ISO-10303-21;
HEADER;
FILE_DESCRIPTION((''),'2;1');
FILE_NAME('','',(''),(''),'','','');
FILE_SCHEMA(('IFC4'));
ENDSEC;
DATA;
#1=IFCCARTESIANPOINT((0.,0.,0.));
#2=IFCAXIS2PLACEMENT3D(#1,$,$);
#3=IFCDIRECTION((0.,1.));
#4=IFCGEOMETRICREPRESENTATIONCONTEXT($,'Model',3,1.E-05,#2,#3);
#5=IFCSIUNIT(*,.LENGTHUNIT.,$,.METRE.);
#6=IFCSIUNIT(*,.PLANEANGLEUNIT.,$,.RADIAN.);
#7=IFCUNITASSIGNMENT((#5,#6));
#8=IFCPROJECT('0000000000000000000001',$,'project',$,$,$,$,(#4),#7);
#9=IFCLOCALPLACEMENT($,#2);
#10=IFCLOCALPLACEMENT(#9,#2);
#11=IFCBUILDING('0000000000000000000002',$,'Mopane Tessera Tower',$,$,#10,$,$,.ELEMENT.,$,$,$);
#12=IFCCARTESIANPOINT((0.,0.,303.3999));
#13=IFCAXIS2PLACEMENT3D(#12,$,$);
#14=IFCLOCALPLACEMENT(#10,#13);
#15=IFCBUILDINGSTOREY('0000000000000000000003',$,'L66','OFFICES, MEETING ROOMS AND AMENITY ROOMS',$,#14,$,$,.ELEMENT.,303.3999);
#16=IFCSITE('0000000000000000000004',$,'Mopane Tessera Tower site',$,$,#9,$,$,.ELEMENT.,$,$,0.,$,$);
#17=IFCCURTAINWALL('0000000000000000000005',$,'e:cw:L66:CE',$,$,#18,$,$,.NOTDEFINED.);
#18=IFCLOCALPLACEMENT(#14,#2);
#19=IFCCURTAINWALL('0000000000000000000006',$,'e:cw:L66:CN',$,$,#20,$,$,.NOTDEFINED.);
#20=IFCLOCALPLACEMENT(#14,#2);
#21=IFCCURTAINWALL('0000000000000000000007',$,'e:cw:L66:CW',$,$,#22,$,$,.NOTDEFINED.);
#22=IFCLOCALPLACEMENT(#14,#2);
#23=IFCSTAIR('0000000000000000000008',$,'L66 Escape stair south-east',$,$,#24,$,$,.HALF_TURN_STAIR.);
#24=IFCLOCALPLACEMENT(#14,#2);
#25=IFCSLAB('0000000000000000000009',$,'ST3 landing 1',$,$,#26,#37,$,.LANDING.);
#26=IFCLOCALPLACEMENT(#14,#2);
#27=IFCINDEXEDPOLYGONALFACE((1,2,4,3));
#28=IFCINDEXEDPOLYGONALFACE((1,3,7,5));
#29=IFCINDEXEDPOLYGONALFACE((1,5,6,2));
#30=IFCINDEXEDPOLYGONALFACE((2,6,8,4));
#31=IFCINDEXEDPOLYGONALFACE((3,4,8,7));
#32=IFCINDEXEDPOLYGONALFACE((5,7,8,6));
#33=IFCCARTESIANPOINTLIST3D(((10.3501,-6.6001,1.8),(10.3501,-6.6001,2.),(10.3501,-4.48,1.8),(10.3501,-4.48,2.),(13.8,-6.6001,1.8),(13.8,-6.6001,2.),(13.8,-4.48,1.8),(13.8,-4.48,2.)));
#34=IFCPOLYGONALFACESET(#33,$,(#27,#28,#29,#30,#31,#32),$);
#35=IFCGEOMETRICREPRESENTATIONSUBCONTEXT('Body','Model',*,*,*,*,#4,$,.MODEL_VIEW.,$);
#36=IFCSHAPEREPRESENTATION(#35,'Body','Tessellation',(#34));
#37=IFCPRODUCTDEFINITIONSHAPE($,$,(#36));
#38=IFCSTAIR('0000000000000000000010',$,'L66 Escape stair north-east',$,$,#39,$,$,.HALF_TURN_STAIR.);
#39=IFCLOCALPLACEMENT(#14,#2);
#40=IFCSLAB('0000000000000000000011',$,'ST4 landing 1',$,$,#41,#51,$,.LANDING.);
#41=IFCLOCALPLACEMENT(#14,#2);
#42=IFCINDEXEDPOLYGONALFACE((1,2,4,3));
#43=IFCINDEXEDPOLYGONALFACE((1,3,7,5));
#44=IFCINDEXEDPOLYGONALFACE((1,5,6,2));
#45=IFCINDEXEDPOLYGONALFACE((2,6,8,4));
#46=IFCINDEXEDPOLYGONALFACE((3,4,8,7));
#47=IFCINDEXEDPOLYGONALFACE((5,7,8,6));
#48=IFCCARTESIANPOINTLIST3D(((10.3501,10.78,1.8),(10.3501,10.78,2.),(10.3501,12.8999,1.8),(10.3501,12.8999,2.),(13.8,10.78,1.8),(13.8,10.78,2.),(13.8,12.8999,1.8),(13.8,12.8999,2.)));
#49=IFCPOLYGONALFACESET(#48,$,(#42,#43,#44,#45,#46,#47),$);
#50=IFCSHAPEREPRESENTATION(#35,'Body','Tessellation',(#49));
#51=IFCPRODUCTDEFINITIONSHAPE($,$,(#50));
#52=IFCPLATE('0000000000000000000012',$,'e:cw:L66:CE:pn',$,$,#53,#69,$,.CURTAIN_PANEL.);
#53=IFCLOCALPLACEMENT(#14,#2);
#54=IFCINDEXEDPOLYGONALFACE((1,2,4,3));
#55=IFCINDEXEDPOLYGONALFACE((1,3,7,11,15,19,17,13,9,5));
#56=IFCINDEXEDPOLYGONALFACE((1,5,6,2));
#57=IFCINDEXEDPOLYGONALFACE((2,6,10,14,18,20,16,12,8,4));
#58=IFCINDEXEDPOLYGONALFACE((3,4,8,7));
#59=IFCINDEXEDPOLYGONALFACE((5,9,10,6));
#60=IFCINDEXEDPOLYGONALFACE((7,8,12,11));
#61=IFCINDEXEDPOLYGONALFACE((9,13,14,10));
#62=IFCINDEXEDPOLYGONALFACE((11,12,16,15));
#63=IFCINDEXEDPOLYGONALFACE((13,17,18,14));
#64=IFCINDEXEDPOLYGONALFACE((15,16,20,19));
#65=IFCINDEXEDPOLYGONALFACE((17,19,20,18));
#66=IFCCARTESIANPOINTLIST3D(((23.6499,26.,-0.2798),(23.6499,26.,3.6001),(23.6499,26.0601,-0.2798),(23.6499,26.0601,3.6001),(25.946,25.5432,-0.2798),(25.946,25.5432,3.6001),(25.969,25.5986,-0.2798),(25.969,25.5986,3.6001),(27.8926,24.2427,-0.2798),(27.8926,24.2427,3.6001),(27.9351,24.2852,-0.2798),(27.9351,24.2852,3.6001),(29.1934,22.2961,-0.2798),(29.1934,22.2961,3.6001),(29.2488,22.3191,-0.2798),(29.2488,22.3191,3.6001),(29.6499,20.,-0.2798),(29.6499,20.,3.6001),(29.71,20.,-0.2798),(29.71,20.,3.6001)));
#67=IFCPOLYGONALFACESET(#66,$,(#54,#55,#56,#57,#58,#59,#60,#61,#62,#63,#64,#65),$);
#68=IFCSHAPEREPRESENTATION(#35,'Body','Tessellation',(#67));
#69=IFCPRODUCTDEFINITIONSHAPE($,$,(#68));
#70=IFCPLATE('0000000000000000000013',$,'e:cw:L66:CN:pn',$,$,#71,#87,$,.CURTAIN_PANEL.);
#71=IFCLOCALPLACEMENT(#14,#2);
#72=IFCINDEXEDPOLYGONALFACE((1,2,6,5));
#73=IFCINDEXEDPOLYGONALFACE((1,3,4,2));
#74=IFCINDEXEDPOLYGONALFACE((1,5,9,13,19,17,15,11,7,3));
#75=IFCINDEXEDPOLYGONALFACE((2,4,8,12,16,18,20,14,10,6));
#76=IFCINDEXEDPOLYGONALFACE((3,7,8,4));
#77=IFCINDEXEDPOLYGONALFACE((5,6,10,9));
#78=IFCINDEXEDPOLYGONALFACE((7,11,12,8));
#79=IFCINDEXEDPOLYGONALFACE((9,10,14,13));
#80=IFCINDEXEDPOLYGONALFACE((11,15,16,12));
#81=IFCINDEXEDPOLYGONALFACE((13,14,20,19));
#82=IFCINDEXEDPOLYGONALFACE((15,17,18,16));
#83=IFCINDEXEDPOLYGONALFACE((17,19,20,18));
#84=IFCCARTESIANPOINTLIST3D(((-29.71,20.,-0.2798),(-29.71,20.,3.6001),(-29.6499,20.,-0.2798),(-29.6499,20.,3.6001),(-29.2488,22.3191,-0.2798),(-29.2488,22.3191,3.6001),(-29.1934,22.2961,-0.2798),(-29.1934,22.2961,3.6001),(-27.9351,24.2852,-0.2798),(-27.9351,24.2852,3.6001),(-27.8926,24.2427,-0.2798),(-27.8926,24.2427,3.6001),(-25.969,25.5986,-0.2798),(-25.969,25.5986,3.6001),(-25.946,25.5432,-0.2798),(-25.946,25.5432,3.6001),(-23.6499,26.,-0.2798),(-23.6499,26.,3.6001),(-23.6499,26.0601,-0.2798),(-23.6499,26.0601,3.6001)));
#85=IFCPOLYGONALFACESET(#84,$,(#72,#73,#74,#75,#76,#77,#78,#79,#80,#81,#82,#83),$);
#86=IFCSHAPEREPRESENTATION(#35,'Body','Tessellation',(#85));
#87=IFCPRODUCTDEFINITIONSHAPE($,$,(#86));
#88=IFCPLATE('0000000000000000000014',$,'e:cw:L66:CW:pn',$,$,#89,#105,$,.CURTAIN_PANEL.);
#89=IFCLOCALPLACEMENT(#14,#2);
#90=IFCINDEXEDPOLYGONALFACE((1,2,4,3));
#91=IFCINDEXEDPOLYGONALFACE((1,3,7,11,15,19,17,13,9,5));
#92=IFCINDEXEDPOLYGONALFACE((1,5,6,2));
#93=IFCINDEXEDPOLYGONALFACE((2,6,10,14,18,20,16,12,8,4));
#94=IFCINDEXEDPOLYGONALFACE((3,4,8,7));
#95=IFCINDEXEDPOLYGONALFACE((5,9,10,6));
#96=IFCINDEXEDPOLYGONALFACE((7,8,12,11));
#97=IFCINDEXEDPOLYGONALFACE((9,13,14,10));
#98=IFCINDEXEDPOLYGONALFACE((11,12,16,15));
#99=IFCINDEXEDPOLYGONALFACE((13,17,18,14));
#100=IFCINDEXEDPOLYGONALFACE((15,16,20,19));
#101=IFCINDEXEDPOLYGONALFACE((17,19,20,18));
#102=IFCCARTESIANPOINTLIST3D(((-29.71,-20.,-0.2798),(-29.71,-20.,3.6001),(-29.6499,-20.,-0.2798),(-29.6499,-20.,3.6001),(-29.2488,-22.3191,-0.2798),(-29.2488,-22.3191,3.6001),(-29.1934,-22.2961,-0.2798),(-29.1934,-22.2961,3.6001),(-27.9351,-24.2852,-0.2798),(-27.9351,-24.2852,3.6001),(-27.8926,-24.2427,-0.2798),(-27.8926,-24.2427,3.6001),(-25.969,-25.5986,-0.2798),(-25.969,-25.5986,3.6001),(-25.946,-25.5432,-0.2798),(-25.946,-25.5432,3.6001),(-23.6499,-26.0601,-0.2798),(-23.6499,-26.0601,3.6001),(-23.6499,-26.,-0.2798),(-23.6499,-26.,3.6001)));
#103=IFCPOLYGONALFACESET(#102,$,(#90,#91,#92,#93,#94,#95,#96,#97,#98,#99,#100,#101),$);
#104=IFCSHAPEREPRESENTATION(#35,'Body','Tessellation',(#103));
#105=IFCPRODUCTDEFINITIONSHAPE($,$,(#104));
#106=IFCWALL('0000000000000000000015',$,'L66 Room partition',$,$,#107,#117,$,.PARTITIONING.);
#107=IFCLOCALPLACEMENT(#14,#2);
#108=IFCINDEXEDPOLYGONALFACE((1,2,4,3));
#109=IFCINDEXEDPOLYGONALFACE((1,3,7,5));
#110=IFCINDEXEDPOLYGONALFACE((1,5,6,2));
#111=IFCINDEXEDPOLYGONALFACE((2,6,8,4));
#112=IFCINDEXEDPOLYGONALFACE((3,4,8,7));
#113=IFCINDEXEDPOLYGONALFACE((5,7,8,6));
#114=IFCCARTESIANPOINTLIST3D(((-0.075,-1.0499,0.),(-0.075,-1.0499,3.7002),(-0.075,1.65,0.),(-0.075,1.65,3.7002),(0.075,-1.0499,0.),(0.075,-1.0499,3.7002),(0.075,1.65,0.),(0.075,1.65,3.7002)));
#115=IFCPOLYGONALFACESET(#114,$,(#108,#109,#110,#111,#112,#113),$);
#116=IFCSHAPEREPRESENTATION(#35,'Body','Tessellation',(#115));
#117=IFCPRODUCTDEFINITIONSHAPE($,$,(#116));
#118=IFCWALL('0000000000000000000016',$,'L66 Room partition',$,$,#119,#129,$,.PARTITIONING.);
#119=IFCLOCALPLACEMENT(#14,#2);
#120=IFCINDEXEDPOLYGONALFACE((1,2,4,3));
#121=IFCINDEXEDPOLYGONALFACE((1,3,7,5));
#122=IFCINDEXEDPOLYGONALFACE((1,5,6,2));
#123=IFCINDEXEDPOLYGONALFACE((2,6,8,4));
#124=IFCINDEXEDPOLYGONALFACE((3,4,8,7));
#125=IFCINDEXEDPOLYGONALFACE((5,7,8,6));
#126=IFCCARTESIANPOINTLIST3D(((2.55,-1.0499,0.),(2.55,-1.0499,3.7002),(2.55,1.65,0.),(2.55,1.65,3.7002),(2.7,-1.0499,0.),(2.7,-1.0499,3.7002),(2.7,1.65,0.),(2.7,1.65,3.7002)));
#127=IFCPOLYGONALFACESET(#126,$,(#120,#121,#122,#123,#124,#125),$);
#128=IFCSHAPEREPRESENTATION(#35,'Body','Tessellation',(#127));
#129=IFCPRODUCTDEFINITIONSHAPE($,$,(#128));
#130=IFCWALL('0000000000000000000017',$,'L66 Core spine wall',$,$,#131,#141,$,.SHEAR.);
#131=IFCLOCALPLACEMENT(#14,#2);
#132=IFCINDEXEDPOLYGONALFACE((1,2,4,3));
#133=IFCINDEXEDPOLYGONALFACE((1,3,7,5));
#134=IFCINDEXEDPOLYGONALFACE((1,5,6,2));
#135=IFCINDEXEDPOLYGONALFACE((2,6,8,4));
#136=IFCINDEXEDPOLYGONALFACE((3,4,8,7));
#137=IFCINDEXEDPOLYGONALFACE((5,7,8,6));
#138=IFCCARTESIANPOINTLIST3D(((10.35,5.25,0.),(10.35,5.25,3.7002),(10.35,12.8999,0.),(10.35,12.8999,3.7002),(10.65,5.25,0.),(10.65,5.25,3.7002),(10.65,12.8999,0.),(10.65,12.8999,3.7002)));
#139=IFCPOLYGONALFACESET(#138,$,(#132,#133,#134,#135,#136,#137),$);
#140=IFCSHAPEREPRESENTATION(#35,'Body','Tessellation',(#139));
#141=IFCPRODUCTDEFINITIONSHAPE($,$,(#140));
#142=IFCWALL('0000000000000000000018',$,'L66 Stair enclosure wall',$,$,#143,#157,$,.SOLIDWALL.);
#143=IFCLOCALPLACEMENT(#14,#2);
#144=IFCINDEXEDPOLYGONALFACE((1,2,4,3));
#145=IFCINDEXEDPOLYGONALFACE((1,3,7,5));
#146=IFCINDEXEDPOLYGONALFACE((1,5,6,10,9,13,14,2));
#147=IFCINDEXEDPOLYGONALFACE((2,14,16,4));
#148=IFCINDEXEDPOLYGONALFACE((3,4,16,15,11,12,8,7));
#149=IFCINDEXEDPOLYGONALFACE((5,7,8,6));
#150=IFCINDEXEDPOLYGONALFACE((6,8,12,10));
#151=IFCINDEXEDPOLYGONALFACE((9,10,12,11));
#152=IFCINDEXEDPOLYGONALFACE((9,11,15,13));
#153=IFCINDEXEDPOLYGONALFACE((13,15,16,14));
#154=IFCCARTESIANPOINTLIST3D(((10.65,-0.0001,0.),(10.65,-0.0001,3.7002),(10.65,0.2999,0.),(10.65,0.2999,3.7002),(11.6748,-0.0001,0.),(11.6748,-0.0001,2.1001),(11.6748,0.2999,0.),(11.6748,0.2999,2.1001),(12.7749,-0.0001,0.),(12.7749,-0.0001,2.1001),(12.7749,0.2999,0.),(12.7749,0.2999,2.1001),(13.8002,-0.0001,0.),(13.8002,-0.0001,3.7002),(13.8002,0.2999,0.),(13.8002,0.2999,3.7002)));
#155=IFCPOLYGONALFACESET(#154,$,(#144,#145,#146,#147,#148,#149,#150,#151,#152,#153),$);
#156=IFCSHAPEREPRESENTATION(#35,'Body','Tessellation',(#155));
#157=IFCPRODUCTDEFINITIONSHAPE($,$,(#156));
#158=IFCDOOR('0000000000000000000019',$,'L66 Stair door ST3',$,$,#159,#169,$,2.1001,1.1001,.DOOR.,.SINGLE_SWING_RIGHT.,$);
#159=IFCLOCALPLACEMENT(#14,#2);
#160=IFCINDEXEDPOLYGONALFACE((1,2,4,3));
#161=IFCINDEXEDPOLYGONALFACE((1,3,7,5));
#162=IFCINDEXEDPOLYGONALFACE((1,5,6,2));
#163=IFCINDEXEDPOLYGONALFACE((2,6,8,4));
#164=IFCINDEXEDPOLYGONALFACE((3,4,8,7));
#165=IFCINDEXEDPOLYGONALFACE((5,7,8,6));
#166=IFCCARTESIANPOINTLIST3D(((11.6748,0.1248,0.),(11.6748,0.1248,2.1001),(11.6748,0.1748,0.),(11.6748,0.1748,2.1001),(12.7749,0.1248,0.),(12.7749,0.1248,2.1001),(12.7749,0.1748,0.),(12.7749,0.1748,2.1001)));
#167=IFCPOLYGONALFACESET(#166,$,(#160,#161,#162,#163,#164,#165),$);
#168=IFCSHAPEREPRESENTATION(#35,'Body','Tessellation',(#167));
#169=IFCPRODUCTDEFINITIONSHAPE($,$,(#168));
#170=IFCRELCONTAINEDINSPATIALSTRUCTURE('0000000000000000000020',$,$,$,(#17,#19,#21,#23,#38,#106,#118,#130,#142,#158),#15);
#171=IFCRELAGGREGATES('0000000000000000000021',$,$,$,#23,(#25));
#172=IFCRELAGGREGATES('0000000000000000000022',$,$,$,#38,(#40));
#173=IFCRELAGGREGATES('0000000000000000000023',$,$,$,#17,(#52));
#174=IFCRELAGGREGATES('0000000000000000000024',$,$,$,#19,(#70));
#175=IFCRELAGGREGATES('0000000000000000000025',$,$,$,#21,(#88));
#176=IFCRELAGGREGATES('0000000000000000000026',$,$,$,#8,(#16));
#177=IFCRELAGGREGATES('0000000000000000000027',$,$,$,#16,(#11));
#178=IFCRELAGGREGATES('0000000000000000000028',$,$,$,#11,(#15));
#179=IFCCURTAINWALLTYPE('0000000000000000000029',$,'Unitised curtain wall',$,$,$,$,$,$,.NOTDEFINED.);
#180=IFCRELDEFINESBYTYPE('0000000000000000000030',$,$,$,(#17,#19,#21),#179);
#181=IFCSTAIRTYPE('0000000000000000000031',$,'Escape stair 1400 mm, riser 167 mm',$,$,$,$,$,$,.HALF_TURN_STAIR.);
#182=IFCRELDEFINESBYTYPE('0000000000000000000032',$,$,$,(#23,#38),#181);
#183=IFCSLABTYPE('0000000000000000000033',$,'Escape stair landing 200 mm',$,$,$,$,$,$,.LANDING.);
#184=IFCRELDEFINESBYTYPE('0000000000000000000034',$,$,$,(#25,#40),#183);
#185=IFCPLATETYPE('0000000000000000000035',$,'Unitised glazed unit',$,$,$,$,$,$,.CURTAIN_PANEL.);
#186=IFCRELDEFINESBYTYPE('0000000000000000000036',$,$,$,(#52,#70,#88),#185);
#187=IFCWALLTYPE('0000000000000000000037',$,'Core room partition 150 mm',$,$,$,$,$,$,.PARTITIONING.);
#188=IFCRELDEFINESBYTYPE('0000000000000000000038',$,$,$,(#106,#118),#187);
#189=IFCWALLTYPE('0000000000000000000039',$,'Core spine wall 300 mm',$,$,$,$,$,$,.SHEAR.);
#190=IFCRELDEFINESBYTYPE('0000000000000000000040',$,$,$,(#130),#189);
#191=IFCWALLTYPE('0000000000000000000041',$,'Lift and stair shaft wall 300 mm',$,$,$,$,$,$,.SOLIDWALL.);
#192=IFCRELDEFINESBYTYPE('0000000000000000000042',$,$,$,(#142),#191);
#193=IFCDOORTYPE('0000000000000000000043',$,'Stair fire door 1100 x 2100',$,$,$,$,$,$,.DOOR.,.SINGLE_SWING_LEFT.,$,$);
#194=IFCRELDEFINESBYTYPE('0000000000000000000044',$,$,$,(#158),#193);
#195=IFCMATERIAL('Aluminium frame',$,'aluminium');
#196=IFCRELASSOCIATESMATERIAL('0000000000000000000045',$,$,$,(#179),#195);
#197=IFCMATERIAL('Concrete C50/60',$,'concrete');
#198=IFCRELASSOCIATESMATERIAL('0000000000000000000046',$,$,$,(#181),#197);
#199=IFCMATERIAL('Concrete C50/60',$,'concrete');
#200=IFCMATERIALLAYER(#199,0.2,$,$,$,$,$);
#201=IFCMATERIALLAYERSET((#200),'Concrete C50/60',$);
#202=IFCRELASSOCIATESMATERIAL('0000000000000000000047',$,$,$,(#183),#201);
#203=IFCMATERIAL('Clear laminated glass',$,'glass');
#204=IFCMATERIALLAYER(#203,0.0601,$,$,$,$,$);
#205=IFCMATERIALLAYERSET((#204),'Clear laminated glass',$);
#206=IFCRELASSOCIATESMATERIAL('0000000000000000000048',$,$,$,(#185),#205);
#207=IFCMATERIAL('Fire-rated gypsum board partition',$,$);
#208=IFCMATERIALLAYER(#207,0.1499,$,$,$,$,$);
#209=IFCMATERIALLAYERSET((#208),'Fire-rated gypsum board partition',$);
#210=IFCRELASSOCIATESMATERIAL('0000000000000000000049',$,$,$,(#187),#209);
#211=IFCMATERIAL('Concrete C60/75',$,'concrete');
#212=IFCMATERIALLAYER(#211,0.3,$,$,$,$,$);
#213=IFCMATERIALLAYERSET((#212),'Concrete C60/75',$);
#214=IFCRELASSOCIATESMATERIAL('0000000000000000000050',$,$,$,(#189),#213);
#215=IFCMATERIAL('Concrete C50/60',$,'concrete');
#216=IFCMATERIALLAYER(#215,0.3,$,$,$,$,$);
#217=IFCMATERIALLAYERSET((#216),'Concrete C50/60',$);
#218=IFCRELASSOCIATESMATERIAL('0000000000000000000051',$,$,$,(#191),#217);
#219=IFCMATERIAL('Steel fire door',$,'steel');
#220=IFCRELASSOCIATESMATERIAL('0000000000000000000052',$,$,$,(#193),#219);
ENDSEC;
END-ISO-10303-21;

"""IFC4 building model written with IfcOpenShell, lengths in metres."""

from ifc_helpers import new_model, si_unit, direction, frame, frame_2d, origin, place, context, subcontext, project, spatial, polyline, rectangle, outline, extrude, material, layer, layer_set, type_object, element, fill, aggregate, save


model = new_model("IFC4")

# Units and contexts
model_context = context("Model", 3, precision=1e-05, world=origin(), true_north=direction((0.0, 1.0)))
body_context = subcontext(model_context, "Body", "Model", "MODEL_VIEW")
ifc_project = project(units=[si_unit("LENGTHUNIT", "METRE"), si_unit("PLANEANGLEUNIT", "RADIAN")], contexts=[model_context])

# Site, building, storey
site_placement = place(None, origin())
site = spatial("IfcSite", under=ifc_project, at=site_placement, Name="Mopane Tessera Tower site", CompositionType="ELEMENT", RefElevation=0.0)
building_placement = place(site_placement, origin())
building = spatial("IfcBuilding", under=site, at=building_placement, Name="Mopane Tessera Tower", CompositionType="ELEMENT")
storey_placement = place(building_placement, frame((0.0, 0.0, 303.3999)))
storey = spatial("IfcBuildingStorey", under=building, at=storey_placement, Name="L66", Description="OFFICES, MEETING ROOMS AND AMENITY ROOMS", CompositionType="ELEMENT", Elevation=303.3999)

# Curtain walls
ifc_material_1 = material(Name="Aluminium frame", Category="aluminium")
curtain_wall_type = type_object("IfcCurtainWallType", Name="Unitised curtain wall", PredefinedType="NOTDEFINED", material=ifc_material_1)
curtain_wall_1_placement = place(storey_placement, origin())
curtain_wall_1 = element("IfcCurtainWall", 1, at=curtain_wall_1_placement, inside=storey, type_object=curtain_wall_type, Name="e:cw:L66:CE", PredefinedType="NOTDEFINED")
curtain_wall_2_placement = place(storey_placement, origin())
curtain_wall_2 = element("IfcCurtainWall", 2, at=curtain_wall_2_placement, inside=storey, type_object=curtain_wall_type, Name="e:cw:L66:CN", PredefinedType="NOTDEFINED")
curtain_wall_3_placement = place(storey_placement, origin())
curtain_wall_3 = element("IfcCurtainWall", 3, at=curtain_wall_3_placement, inside=storey, type_object=curtain_wall_type, Name="e:cw:L66:CW", PredefinedType="NOTDEFINED")

# Stairs, slabs
ifc_material_2 = material(Name="Concrete C50/60", Category="concrete")
stair_type = type_object("IfcStairType", Name="Escape stair 1400 mm, riser 167 mm", PredefinedType="HALF_TURN_STAIR", material=ifc_material_2)
ifc_material_3 = material(Name="Concrete C50/60", Category="concrete")
ifc_layer_1 = layer(ifc_material_3, 0.2)
ifc_layer_set_1 = layer_set([ifc_layer_1], Name="Concrete C50/60")
slab_type_1 = type_object("IfcSlabType", Name="Escape stair landing 200 mm", PredefinedType="LANDING", material=ifc_layer_set_1)
stair_1_placement = place(storey_placement, origin())
stair_1 = element("IfcStair", 4, at=stair_1_placement, inside=storey, type_object=stair_type, Name="L66 Escape stair south-east", PredefinedType="HALF_TURN_STAIR")
slab_1_placement = place(storey_placement, frame((0.0, 0.0, 1.8)))
slab_1 = element("IfcSlab", 5, at=slab_1_placement, type_object=slab_type_1, Name="ST3 landing 1", PredefinedType="LANDING", context=body_context, shape_type="SweptSolid", body=[
    extrude(outline(polyline([(10.3501, -4.48), (10.3501, -6.6001), (13.8, -6.6001), (13.8, -4.48), (10.3501, -4.48)])), origin(), (0.0, 0.0, 1.0), 0.2),
])
aggregate(stair_1, [slab_1])
stair_2_placement = place(storey_placement, origin())
stair_2 = element("IfcStair", 6, at=stair_2_placement, inside=storey, type_object=stair_type, Name="L66 Escape stair north-east", PredefinedType="HALF_TURN_STAIR")
slab_2_placement = place(storey_placement, frame((0.0, 0.0, 1.8)))
slab_2 = element("IfcSlab", 7, at=slab_2_placement, type_object=slab_type_1, Name="ST4 landing 1", PredefinedType="LANDING", context=body_context, shape_type="SweptSolid", body=[
    extrude(outline(polyline([(13.8, 10.78), (13.8, 12.8999), (10.3501, 12.8999), (10.3501, 10.78), (13.8, 10.78)])), origin(), (0.0, 0.0, 1.0), 0.2),
])
aggregate(stair_2, [slab_2])

# Plates
ifc_material_4 = material(Name="Clear laminated glass", Category="glass")
ifc_layer_2 = layer(ifc_material_4, 0.0601)
ifc_layer_set_2 = layer_set([ifc_layer_2], Name="Clear laminated glass")
plate_type = type_object("IfcPlateType", Name="Unitised glazed unit", PredefinedType="CURTAIN_PANEL", material=ifc_layer_set_2)
plate_1_placement = place(storey_placement, frame((0.0, 0.0, -0.2798)))
plate_1 = element("IfcPlate", 8, at=plate_1_placement, type_object=plate_type, Name="e:cw:L66:CE:pn", PredefinedType="CURTAIN_PANEL", context=body_context, shape_type="SweptSolid", body=[
    extrude(outline(polyline([(29.6499, 20.0), (29.1934, 22.2961), (27.8926, 24.2427), (25.946, 25.5432), (23.6499, 26.0), (23.6499, 26.0601), (25.969, 25.5986), (27.9351, 24.2852), (29.2488, 22.3191), (29.71, 20.0), (29.6499, 20.0)])), origin(), (0.0, 0.0, 1.0), 3.8799),
])
aggregate(curtain_wall_1, [plate_1])
plate_2_placement = place(storey_placement, frame((0.0, 0.0, -0.2798)))
plate_2 = element("IfcPlate", 9, at=plate_2_placement, type_object=plate_type, Name="e:cw:L66:CN:pn", PredefinedType="CURTAIN_PANEL", context=body_context, shape_type="SweptSolid", body=[
    extrude(outline(polyline([(-23.6499, 26.0), (-25.946, 25.5432), (-27.8926, 24.2427), (-29.1934, 22.2961), (-29.6499, 20.0), (-29.71, 20.0), (-29.2488, 22.3191), (-27.9351, 24.2852), (-25.969, 25.5986), (-23.6499, 26.0601), (-23.6499, 26.0)])), origin(), (0.0, 0.0, 1.0), 3.8799),
])
aggregate(curtain_wall_2, [plate_2])
plate_3_placement = place(storey_placement, frame((0.0, 0.0, -0.2798)))
plate_3 = element("IfcPlate", 10, at=plate_3_placement, type_object=plate_type, Name="e:cw:L66:CW:pn", PredefinedType="CURTAIN_PANEL", context=body_context, shape_type="SweptSolid", body=[
    extrude(outline(polyline([(-29.6499, -20.0), (-29.1934, -22.2961), (-27.8926, -24.2427), (-25.946, -25.5432), (-23.6499, -26.0), (-23.6499, -26.0601), (-25.969, -25.5986), (-27.9351, -24.2852), (-29.2488, -22.3191), (-29.71, -20.0), (-29.6499, -20.0)])), origin(), (0.0, 0.0, 1.0), 3.8799),
])
aggregate(curtain_wall_3, [plate_3])

# Walls
ifc_material_5 = material(Name="Fire-rated gypsum board partition")
ifc_layer_3 = layer(ifc_material_5, 0.1499)
ifc_layer_set_3 = layer_set([ifc_layer_3], Name="Fire-rated gypsum board partition")
wall_type_1 = type_object("IfcWallType", Name="Core room partition 150 mm", PredefinedType="PARTITIONING", material=ifc_layer_set_3)
for number, where, z_axis, x_axis, name in (
    (11, (0.0, -1.05, 0.0), (0.0, 0.0, 1.0), (0.0, 1.0, 0.0), "L66 Room partition"),
    (12, (2.625, -1.05, 0.0), (0.0, 0.0, 1.0), (0.0, 1.0, 0.0), "L66 Room partition"),
):
    element("IfcWall", number, at=place(storey_placement, frame(where, z_axis=z_axis, x_axis=x_axis)), inside=storey, type_object=wall_type_1, Name=name, PredefinedType="PARTITIONING", context=body_context, shape_type="SweptSolid", body=[
        extrude(rectangle(XDim=2.7, YDim=0.1499, at=frame_2d((1.3501, 0.0))), origin(), (0.0, 0.0, 1.0), 3.7002),
    ])
ifc_material_6 = material(Name="Concrete C60/75", Category="concrete")
ifc_layer_4 = layer(ifc_material_6, 0.3)
ifc_layer_set_4 = layer_set([ifc_layer_4], Name="Concrete C60/75")
wall_type_2 = type_object("IfcWallType", Name="Core spine wall 300 mm", PredefinedType="SHEAR", material=ifc_layer_set_4)
wall_1_placement = place(storey_placement, frame((10.5, 5.25, 0.0), z_axis=(0.0, 0.0, 1.0), x_axis=(0.0, 1.0, 0.0)))
element("IfcWall", 13, at=wall_1_placement, inside=storey, type_object=wall_type_2, Name="L66 Core spine wall", PredefinedType="SHEAR", context=body_context, shape_type="SweptSolid", body=[
    extrude(rectangle(XDim=7.6499, YDim=0.3, at=frame_2d((3.825, 0.0))), origin(), (0.0, 0.0, 1.0), 3.7002),
])

# Wall, opening, door
ifc_material_7 = material(Name="Concrete C50/60", Category="concrete")
ifc_layer_5 = layer(ifc_material_7, 0.3)
ifc_layer_set_5 = layer_set([ifc_layer_5], Name="Concrete C50/60")
wall_type_3 = type_object("IfcWallType", Name="Lift and stair shaft wall 300 mm", PredefinedType="SOLIDWALL", material=ifc_layer_set_5)
wall_2_placement = place(storey_placement, frame((10.6499, 0.1499, 0.0), z_axis=(0.0, 0.0, 1.0), x_axis=(1.0, 0.0, 0.0)))
wall_2 = element("IfcWall", 14, at=wall_2_placement, inside=storey, type_object=wall_type_3, Name="L66 Stair enclosure wall", PredefinedType="SOLIDWALL", context=body_context, shape_type="SweptSolid", body=[
    extrude(rectangle(XDim=3.1501, YDim=0.3, at=frame_2d((1.5752, 0.0))), origin(), (0.0, 0.0, 1.0), 3.7002),
])
opening_1_placement = place(wall_2_placement, frame((1.0249, 0.0, 0.0)))
opening_1 = element("IfcOpeningElement", 15, at=opening_1_placement, cuts=wall_2, PredefinedType="OPENING", context=body_context, shape_type="SweptSolid", body=[
    extrude(rectangle(XDim=1.1001, YDim=2.1001, at=frame_2d((0.55, 1.05))), frame((0.0, 0.1621, 0.0), z_axis=(0.0, -1.0, 0.0), x_axis=(1.0, 0.0, 0.0)), (0.0, 0.0, 1.0), 0.324),
])
ifc_material_8 = material(Name="Steel fire door", Category="steel")
door_type = type_object("IfcDoorType", Name="Stair fire door 1100 x 2100", OperationType="SINGLE_SWING_LEFT", PredefinedType="DOOR", material=ifc_material_8)
door_1_placement = place(opening_1_placement, origin())
door_1 = element("IfcDoor", 16, at=door_1_placement, inside=storey, type_object=door_type, Name="L66 Stair door ST3", OperationType="SINGLE_SWING_RIGHT", OverallHeight=2.1001, OverallWidth=1.1001, PredefinedType="DOOR", context=body_context, shape_type="SweptSolid", body=[
    extrude(rectangle(XDim=1.1001, YDim=2.1001, at=frame_2d((0.55, 1.05))), frame((0.0, 0.0249, 0.0), z_axis=(0.0, -1.0, 0.0), x_axis=(1.0, 0.0, 0.0)), (0.0, 0.0, 1.0), 0.05),
])
fill(opening_1, door_1)

save(model, "model.ifc")
